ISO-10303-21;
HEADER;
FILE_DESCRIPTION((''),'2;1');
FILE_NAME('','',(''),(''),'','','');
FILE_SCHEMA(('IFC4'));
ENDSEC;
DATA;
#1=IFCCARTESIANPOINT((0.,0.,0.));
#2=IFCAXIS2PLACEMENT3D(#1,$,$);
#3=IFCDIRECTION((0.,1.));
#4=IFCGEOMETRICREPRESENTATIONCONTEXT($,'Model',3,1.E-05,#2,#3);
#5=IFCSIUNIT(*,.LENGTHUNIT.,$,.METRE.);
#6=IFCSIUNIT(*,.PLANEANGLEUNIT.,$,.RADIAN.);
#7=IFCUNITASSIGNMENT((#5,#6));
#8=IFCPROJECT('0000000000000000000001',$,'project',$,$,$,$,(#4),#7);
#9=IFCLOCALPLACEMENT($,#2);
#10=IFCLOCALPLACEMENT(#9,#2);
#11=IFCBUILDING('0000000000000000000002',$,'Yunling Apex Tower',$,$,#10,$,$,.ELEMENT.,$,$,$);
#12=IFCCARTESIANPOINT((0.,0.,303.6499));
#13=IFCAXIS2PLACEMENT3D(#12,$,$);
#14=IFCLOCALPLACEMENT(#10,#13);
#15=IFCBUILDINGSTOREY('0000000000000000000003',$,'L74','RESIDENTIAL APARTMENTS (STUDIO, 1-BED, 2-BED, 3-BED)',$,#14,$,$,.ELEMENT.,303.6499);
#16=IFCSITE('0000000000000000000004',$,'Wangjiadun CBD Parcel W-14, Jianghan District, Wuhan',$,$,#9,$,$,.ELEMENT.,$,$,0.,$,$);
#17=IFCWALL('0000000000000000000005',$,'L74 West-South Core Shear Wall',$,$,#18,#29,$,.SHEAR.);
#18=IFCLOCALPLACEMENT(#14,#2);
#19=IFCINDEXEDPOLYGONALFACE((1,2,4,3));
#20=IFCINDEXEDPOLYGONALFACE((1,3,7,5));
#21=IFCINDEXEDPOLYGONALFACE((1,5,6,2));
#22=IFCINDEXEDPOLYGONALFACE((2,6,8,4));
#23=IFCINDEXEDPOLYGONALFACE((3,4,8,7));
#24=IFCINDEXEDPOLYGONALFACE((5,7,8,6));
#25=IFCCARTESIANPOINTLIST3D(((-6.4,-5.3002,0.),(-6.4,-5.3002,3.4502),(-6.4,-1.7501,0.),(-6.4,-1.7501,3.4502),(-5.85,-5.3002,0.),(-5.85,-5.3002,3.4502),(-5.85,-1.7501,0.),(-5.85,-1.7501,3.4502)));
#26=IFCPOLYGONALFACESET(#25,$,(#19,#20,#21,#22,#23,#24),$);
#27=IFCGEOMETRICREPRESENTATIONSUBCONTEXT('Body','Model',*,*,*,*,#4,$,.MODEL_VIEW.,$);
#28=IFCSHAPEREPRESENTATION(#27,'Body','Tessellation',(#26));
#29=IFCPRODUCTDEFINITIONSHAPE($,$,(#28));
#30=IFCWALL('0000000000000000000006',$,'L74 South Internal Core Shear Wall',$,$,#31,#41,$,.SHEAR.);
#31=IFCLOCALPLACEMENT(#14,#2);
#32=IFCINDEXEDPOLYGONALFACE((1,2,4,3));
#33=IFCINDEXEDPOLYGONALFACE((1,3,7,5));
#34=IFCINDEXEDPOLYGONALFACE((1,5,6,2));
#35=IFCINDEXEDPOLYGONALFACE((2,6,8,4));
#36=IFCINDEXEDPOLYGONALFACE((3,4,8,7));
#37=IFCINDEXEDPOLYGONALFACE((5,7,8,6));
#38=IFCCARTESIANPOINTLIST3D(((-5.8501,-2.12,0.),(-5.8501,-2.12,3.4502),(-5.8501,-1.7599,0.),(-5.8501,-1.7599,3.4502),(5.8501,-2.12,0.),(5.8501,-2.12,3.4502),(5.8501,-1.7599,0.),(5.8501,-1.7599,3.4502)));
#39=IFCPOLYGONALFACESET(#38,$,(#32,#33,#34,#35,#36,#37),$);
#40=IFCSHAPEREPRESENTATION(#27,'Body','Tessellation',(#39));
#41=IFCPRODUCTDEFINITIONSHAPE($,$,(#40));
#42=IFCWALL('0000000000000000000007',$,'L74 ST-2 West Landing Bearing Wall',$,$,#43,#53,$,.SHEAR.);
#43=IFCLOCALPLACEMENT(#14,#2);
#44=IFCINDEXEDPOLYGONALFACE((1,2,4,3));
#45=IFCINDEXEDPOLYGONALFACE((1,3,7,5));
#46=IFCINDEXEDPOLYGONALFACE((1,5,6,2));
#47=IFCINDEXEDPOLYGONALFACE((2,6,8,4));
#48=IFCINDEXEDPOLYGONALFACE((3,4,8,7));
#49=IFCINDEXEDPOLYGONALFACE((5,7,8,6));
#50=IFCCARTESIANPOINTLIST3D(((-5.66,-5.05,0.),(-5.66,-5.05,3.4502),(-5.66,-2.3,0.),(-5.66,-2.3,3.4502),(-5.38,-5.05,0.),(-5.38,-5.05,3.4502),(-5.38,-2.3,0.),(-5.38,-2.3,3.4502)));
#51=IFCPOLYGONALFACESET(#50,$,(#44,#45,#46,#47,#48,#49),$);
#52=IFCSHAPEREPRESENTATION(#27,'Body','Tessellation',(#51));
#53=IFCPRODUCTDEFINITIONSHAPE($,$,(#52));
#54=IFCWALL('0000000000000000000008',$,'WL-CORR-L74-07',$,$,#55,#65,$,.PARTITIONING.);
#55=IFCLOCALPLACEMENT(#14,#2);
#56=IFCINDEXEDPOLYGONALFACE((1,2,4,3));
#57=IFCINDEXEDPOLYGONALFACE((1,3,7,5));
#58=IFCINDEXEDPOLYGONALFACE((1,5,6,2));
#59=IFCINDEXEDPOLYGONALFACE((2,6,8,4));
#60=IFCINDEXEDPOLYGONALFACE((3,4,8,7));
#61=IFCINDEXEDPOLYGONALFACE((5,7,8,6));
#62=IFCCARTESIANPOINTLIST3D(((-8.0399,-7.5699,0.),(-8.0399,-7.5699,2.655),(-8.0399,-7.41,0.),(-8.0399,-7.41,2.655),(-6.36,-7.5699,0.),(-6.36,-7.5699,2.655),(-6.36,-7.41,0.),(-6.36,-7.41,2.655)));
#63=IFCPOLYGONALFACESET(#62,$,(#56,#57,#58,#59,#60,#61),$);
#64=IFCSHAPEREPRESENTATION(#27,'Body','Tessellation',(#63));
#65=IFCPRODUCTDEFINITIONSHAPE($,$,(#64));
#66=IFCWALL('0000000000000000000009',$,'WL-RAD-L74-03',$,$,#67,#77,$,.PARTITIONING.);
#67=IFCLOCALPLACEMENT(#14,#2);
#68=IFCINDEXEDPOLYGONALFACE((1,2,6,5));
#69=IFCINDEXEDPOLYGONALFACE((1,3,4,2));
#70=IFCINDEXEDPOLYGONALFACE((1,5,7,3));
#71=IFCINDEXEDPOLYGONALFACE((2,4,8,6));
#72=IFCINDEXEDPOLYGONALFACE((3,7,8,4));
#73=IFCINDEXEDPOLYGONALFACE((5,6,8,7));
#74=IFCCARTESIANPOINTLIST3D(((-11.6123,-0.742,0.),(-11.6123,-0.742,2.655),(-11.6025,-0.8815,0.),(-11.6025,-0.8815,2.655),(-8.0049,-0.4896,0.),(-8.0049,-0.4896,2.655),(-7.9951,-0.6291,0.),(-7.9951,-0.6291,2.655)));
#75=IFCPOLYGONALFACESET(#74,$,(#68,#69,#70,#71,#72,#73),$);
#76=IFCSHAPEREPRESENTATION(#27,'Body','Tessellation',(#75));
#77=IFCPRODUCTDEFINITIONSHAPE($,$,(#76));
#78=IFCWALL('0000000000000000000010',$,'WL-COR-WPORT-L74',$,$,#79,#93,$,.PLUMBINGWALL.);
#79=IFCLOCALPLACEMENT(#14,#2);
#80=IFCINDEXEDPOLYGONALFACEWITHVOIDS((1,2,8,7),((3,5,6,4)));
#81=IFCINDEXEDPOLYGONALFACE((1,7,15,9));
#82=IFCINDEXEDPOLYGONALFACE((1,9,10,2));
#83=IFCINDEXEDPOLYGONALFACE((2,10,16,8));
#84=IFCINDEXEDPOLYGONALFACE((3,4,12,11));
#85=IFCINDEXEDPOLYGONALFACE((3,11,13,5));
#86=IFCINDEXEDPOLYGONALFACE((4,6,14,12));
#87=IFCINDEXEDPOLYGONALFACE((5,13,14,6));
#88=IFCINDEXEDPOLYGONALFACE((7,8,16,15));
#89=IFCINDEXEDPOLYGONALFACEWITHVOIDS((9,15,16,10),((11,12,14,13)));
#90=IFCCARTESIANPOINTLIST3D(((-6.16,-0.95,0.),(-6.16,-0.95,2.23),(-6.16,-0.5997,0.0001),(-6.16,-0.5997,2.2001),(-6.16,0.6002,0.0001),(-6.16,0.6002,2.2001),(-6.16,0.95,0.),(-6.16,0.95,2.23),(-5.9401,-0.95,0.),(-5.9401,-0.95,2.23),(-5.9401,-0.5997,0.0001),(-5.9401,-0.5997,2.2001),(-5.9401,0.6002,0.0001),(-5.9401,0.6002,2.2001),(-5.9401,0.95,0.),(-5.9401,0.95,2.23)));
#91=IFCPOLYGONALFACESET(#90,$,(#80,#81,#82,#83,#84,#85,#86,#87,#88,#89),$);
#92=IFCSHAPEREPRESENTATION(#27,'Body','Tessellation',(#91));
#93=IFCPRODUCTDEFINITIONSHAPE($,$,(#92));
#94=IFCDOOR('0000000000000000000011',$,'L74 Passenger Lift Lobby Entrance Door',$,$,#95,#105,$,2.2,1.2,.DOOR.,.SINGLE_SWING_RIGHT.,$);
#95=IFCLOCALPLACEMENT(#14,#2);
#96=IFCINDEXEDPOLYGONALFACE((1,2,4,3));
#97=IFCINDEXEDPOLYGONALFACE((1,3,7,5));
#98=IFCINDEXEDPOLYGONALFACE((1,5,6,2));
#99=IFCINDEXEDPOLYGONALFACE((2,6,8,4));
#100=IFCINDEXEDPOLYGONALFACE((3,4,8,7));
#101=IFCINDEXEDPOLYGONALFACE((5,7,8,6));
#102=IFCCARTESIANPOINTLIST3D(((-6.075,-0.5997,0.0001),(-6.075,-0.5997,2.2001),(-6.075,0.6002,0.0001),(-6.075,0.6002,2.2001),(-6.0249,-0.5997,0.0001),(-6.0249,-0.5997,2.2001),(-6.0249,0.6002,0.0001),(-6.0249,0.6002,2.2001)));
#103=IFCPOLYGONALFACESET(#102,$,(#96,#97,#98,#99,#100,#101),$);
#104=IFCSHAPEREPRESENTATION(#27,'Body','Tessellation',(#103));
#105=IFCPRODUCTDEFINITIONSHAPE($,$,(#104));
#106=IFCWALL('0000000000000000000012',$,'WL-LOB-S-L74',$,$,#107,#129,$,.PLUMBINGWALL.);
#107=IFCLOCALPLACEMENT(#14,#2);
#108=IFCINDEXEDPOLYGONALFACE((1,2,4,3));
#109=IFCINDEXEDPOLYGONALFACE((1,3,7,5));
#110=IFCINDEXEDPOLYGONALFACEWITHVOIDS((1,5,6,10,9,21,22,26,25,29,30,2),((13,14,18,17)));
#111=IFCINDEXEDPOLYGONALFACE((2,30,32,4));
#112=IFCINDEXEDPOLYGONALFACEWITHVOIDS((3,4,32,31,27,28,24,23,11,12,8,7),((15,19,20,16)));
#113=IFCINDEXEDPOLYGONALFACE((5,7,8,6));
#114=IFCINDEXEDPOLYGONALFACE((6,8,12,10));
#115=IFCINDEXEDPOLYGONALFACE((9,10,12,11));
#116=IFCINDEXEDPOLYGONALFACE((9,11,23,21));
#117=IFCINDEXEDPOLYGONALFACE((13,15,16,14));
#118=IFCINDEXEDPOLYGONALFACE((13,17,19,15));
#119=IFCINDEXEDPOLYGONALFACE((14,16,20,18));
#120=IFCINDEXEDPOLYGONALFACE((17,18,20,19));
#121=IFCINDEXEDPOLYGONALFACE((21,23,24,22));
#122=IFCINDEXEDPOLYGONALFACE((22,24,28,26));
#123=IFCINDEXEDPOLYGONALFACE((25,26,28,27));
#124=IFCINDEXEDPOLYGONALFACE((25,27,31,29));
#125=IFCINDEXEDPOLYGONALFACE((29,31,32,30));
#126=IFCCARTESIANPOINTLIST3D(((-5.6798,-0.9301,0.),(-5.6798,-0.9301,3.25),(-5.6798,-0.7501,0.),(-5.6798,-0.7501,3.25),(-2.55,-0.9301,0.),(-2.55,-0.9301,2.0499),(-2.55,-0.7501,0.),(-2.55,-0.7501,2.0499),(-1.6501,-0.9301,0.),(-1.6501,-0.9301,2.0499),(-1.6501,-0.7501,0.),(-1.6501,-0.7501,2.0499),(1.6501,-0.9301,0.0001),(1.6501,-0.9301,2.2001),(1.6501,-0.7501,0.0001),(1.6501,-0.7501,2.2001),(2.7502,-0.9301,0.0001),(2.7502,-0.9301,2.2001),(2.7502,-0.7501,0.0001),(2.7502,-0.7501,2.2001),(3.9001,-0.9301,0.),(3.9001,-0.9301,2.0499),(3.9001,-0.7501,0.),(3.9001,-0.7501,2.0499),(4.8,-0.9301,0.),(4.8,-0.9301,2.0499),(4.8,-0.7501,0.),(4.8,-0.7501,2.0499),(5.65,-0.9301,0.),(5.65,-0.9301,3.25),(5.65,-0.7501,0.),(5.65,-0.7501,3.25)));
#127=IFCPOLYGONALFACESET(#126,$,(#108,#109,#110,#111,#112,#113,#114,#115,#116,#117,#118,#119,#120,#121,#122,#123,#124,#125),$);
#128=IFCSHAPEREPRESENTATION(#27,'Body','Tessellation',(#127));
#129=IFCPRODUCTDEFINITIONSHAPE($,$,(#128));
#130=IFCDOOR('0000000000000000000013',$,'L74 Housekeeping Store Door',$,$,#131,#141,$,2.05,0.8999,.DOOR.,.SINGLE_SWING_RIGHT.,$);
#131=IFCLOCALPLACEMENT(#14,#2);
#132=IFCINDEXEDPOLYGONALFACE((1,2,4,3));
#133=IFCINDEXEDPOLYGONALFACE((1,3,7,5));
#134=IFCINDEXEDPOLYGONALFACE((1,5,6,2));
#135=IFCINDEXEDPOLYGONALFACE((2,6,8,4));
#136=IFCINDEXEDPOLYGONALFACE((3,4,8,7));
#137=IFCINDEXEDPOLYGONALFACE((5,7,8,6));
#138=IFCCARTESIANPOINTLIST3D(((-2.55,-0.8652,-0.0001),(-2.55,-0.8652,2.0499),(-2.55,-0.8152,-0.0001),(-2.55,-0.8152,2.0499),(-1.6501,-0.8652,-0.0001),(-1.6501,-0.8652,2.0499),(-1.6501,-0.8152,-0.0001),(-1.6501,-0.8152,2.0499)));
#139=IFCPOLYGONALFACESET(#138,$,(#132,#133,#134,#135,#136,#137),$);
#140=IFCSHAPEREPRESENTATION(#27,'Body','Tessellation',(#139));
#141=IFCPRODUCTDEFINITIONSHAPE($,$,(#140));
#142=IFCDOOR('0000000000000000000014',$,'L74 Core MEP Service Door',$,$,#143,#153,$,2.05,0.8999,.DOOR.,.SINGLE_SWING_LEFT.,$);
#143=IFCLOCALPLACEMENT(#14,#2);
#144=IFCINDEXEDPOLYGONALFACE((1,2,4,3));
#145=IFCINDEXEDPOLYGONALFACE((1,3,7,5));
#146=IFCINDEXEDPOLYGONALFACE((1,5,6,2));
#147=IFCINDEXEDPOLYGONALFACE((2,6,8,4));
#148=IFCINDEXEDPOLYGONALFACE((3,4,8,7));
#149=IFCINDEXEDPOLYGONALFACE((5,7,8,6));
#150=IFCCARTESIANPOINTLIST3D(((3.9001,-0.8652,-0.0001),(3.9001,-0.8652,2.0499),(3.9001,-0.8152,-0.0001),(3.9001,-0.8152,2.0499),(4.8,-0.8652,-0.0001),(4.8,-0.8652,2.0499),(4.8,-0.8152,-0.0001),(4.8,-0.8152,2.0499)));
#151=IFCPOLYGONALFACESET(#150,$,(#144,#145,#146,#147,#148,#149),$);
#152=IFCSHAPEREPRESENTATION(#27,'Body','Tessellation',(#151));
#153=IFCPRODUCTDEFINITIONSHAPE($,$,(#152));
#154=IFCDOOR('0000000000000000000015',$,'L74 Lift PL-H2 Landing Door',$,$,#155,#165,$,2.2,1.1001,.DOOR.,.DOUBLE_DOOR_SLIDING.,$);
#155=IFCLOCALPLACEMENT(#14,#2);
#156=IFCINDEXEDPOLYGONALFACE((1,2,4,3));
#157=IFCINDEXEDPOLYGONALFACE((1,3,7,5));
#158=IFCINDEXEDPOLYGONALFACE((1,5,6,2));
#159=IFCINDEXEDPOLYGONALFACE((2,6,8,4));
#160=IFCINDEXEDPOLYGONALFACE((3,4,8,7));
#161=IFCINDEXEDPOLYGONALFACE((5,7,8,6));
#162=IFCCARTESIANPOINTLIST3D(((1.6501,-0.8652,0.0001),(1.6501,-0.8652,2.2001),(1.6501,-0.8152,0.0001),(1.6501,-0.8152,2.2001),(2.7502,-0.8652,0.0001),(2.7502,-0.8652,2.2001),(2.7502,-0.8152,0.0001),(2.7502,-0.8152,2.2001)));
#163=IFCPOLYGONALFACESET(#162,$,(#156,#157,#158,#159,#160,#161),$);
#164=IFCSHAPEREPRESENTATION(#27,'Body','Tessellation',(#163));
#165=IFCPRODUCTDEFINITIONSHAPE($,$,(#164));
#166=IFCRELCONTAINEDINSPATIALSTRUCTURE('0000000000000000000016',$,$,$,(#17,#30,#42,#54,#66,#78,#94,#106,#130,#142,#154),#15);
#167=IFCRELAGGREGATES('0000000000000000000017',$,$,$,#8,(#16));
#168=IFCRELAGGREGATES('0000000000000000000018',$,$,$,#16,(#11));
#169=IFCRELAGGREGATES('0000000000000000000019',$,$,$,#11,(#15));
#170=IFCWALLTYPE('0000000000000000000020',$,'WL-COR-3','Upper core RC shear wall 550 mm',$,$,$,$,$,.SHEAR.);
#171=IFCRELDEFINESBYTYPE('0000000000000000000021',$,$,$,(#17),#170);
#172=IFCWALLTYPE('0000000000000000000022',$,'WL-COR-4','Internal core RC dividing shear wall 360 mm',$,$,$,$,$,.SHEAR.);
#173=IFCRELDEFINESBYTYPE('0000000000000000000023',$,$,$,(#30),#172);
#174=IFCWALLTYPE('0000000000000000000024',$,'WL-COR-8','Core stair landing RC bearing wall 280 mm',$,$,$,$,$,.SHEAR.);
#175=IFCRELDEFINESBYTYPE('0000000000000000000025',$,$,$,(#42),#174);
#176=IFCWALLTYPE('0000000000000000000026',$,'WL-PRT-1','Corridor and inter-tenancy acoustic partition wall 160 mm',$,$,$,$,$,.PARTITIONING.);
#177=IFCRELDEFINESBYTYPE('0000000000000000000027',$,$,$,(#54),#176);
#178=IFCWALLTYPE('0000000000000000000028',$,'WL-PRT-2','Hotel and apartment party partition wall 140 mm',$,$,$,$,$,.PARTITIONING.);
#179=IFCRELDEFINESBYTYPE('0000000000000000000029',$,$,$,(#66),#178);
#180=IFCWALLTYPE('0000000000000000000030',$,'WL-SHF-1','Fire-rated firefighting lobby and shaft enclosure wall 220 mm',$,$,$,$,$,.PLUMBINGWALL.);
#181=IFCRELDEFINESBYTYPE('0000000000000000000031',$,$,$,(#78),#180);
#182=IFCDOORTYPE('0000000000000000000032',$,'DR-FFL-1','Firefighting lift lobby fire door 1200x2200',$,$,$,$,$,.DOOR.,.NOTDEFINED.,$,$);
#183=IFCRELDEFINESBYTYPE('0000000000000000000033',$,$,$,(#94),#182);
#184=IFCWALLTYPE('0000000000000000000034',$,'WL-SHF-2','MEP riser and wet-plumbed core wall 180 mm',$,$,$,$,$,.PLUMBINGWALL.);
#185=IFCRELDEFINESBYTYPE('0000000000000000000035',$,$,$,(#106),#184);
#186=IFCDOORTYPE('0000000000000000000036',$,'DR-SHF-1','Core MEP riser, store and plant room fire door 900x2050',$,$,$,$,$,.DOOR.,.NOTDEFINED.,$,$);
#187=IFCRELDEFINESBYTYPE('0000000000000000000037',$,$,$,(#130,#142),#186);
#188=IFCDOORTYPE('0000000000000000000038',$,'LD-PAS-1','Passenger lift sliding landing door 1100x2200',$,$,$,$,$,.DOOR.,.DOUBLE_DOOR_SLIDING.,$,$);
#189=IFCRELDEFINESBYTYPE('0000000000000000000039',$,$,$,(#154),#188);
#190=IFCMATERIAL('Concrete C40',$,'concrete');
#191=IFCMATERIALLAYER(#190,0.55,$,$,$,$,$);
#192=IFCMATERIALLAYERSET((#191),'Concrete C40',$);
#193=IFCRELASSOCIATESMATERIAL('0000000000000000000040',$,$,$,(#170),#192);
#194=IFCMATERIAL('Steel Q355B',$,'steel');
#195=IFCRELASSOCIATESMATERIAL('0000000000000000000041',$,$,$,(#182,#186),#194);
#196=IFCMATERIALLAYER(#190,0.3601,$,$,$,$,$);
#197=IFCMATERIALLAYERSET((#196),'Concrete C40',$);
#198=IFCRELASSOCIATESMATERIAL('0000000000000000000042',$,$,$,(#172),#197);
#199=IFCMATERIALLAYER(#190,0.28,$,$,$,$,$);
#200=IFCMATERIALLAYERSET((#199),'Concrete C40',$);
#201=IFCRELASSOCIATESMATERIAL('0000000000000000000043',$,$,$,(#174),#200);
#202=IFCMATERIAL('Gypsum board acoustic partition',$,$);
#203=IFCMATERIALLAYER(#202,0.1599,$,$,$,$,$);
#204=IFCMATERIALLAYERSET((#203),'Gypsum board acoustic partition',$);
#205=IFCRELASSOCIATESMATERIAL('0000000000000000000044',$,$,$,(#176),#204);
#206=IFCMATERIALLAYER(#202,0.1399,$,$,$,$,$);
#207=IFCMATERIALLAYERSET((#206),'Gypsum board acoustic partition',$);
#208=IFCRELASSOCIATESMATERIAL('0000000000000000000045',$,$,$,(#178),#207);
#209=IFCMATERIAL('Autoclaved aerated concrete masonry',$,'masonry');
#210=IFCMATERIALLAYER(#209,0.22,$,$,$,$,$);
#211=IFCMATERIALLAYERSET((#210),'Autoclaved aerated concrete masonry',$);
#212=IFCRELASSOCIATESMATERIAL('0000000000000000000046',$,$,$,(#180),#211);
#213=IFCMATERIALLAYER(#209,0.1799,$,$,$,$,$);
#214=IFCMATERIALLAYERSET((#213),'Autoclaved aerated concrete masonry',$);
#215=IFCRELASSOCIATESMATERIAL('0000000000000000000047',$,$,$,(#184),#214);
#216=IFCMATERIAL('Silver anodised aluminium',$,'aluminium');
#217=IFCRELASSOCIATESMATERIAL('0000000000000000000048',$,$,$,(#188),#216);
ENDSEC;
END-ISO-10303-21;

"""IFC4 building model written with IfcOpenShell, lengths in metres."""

from ifc_helpers import new_model, si_unit, direction, frame, frame_2d, origin, place, context, subcontext, project, spatial, rectangle, extrude, material, layer, layer_set, type_object, element, fill, save


model = new_model("IFC4")

# Units and contexts
model_context = context("Model", 3, precision=1e-05, world=origin(), true_north=direction((0.0, 1.0)))
body_context = subcontext(model_context, "Body", "Model", "MODEL_VIEW")
ifc_project = project(units=[si_unit("LENGTHUNIT", "METRE"), si_unit("PLANEANGLEUNIT", "RADIAN")], contexts=[model_context])

# Site, building, storey
site_placement = place(None, origin())
site = spatial("IfcSite", under=ifc_project, at=site_placement, Name="Wangjiadun CBD Parcel W-14, Jianghan District, Wuhan", CompositionType="ELEMENT", RefElevation=0.0)
building_placement = place(site_placement, origin())
building = spatial("IfcBuilding", under=site, at=building_placement, Name="Yunling Apex Tower", CompositionType="ELEMENT")
storey_placement = place(building_placement, frame((0.0, 0.0, 303.6499)))
storey = spatial("IfcBuildingStorey", under=building, at=storey_placement, Name="L74", Description="RESIDENTIAL APARTMENTS (STUDIO, 1-BED, 2-BED, 3-BED)", CompositionType="ELEMENT", Elevation=303.6499)

# Shared definitions
ifc_material_1 = material(Name="Steel Q355B", Category="steel")
ifc_material_2 = material(Name="Concrete C40", Category="concrete")

# Shared definitions
ifc_layer_1 = layer(ifc_material_2, 0.55)
ifc_layer_set_1 = layer_set([ifc_layer_1], Name="Concrete C40")
wall_type_1 = type_object("IfcWallType", Name="WL-COR-3", Description="Upper core RC shear wall 550 mm", PredefinedType="SHEAR", material=ifc_layer_set_1)
door_type_1 = type_object("IfcDoorType", Name="DR-FFL-1", Description="Firefighting lift lobby fire door 1200x2200", OperationType="NOTDEFINED", PredefinedType="DOOR", material=ifc_material_1)

# Walls
wall_1_placement = place(storey_placement, frame((-6.125, -5.3, 0.0), z_axis=(0.0, 0.0, 1.0), x_axis=(0.0, 1.0, 0.0)))
element("IfcWall", 1, at=wall_1_placement, inside=storey, type_object=wall_type_1, Name="L74 West-South Core Shear Wall", PredefinedType="SHEAR", context=body_context, shape_type="SweptSolid", body=[
    extrude(rectangle(XDim=3.55, YDim=0.55, at=frame_2d((1.7749, 0.0))), origin(), (0.0, 0.0, 1.0), 3.4502),
])
ifc_layer_2 = layer(ifc_material_2, 0.3601)
ifc_layer_set_2 = layer_set([ifc_layer_2], Name="Concrete C40")
wall_type_2 = type_object("IfcWallType", Name="WL-COR-4", Description="Internal core RC dividing shear wall 360 mm", PredefinedType="SHEAR", material=ifc_layer_set_2)
wall_2_placement = place(storey_placement, frame((-5.8501, -1.9399, 0.0), z_axis=(0.0, 0.0, 1.0), x_axis=(1.0, 0.0, 0.0)))
element("IfcWall", 2, at=wall_2_placement, inside=storey, type_object=wall_type_2, Name="L74 South Internal Core Shear Wall", PredefinedType="SHEAR", context=body_context, shape_type="SweptSolid", body=[
    extrude(rectangle(XDim=11.7002, YDim=0.3601, at=frame_2d((5.8501, 0.0))), origin(), (0.0, 0.0, 1.0), 3.4502),
])
ifc_layer_3 = layer(ifc_material_2, 0.28)
ifc_layer_set_3 = layer_set([ifc_layer_3], Name="Concrete C40")
wall_type_3 = type_object("IfcWallType", Name="WL-COR-8", Description="Core stair landing RC bearing wall 280 mm", PredefinedType="SHEAR", material=ifc_layer_set_3)
wall_3_placement = place(storey_placement, frame((-5.52, -5.05, 0.0), z_axis=(0.0, 0.0, 1.0), x_axis=(0.0, 1.0, 0.0)))
element("IfcWall", 3, at=wall_3_placement, inside=storey, type_object=wall_type_3, Name="L74 ST-2 West Landing Bearing Wall", PredefinedType="SHEAR", context=body_context, shape_type="SweptSolid", body=[
    extrude(rectangle(XDim=2.75, YDim=0.28, at=frame_2d((1.375, 0.0))), origin(), (0.0, 0.0, 1.0), 3.4502),
])
ifc_material_3 = material(Name="Gypsum board acoustic partition")
ifc_layer_4 = layer(ifc_material_3, 0.1599)
ifc_layer_set_4 = layer_set([ifc_layer_4], Name="Gypsum board acoustic partition")
wall_type_4 = type_object("IfcWallType", Name="WL-PRT-1", Description="Corridor and inter-tenancy acoustic partition wall 160 mm", PredefinedType="PARTITIONING", material=ifc_layer_set_4)
wall_4_placement = place(storey_placement, frame((-6.3601, -7.49, 0.0), z_axis=(0.0, 0.0, 1.0), x_axis=(-1.0, 0.0, 0.0)))
element("IfcWall", 4, at=wall_4_placement, inside=storey, type_object=wall_type_4, Name="WL-CORR-L74-07", PredefinedType="PARTITIONING", context=body_context, shape_type="SweptSolid", body=[
    extrude(rectangle(XDim=1.6799, YDim=0.1599, at=frame_2d((0.8398, 0.0))), origin(), (0.0, 0.0, 1.0), 2.655),
])
ifc_layer_5 = layer(ifc_material_3, 0.1399)
ifc_layer_set_5 = layer_set([ifc_layer_5], Name="Gypsum board acoustic partition")
wall_type_5 = type_object("IfcWallType", Name="WL-PRT-2", Description="Hotel and apartment party partition wall 140 mm", PredefinedType="PARTITIONING", material=ifc_layer_set_5)
wall_5_placement = place(storey_placement, frame((-8.0, -0.5593, 0.0), z_axis=(0.0, 0.0, 1.0), x_axis=(-0.99756, -0.069808, 0.0)))
element("IfcWall", 5, at=wall_5_placement, inside=storey, type_object=wall_type_5, Name="WL-RAD-L74-03", PredefinedType="PARTITIONING", context=body_context, shape_type="SweptSolid", body=[
    extrude(rectangle(XDim=3.6162, YDim=0.1399, at=frame_2d((1.8081, 0.0))), origin(), (0.0, 0.0, 1.0), 2.655),
])

# Wall, opening, door
ifc_material_4 = material(Name="Autoclaved aerated concrete masonry", Category="masonry")
ifc_layer_6 = layer(ifc_material_4, 0.22)
ifc_layer_set_6 = layer_set([ifc_layer_6], Name="Autoclaved aerated concrete masonry")
wall_type_6 = type_object("IfcWallType", Name="WL-SHF-1", Description="Fire-rated firefighting lobby and shaft enclosure wall 220 mm", PredefinedType="PLUMBINGWALL", material=ifc_layer_set_6)
wall_6_placement = place(storey_placement, frame((-6.05, -0.95, 0.0), z_axis=(0.0, 0.0, 1.0), x_axis=(0.0, 1.0, 0.0)))
wall_6 = element("IfcWall", 6, at=wall_6_placement, inside=storey, type_object=wall_type_6, Name="WL-COR-WPORT-L74", PredefinedType="PLUMBINGWALL", context=body_context, shape_type="SweptSolid", body=[
    extrude(rectangle(XDim=1.8999, YDim=0.22, at=frame_2d((0.95, 0.0))), origin(), (0.0, 0.0, 1.0), 2.23),
])
opening_1_placement = place(wall_6_placement, frame((0.3501, 0.0, 0.0)))
opening_1 = element("IfcOpeningElement", 7, at=opening_1_placement, cuts=wall_6, PredefinedType="OPENING", context=body_context, shape_type="SweptSolid", body=[
    extrude(rectangle(XDim=1.2, YDim=2.2, at=frame_2d((0.6001, 1.1001))), frame((0.0, 0.1201, 0.0), z_axis=(0.0, -1.0, 0.0), x_axis=(1.0, 0.0, 0.0)), (0.0, 0.0, 1.0), 0.24),
])
door_1_placement = place(opening_1_placement, origin())
door_1 = element("IfcDoor", 8, at=door_1_placement, inside=storey, type_object=door_type_1, Name="L74 Passenger Lift Lobby Entrance Door", OperationType="SINGLE_SWING_RIGHT", OverallHeight=2.2, OverallWidth=1.2, PredefinedType="DOOR", context=body_context, shape_type="SweptSolid", body=[
    extrude(rectangle(XDim=1.2, YDim=2.2, at=frame_2d((0.6001, 1.1001))), frame((0.0, 0.0249, 0.0), z_axis=(0.0, -1.0, 0.0), x_axis=(1.0, 0.0, 0.0)), (0.0, 0.0, 1.0), 0.05),
])
fill(opening_1, door_1)

# Wall, openings, doors
ifc_layer_7 = layer(ifc_material_4, 0.1799)
ifc_layer_set_7 = layer_set([ifc_layer_7], Name="Autoclaved aerated concrete masonry")
wall_type_7 = type_object("IfcWallType", Name="WL-SHF-2", Description="MEP riser and wet-plumbed core wall 180 mm", PredefinedType="PLUMBINGWALL", material=ifc_layer_set_7)
wall_7_placement = place(storey_placement, frame((-5.6799, -0.8401, 0.0), z_axis=(0.0, 0.0, 1.0), x_axis=(1.0, 0.0, 0.0)))
wall_7 = element("IfcWall", 9, at=wall_7_placement, inside=storey, type_object=wall_type_7, Name="WL-LOB-S-L74", PredefinedType="PLUMBINGWALL", context=body_context, shape_type="SweptSolid", body=[
    extrude(rectangle(XDim=11.3298, YDim=0.1799, at=frame_2d((5.665, 0.0))), origin(), (0.0, 0.0, 1.0), 3.25),
])
opening_2_placement = place(wall_7_placement, frame((3.1299, 0.0, 0.0)))
opening_2 = element("IfcOpeningElement", 10, at=opening_2_placement, cuts=wall_7, PredefinedType="OPENING", context=body_context, shape_type="SweptSolid", body=[
    extrude(rectangle(XDim=0.8999, YDim=2.05, at=frame_2d((0.45, 1.0249))), frame((0.0, 0.1001, 0.0), z_axis=(0.0, -1.0, 0.0), x_axis=(1.0, 0.0, 0.0)), (0.0, 0.0, 1.0), 0.2),
])
opening_3_placement = place(wall_7_placement, frame((7.3301, 0.0, 0.0)))
opening_3 = element("IfcOpeningElement", 11, at=opening_3_placement, cuts=wall_7, PredefinedType="OPENING", context=body_context, shape_type="SweptSolid", body=[
    extrude(rectangle(XDim=1.1001, YDim=2.2, at=frame_2d((0.55, 1.1001))), frame((0.0, 0.1001, 0.0), z_axis=(0.0, -1.0, 0.0), x_axis=(1.0, 0.0, 0.0)), (0.0, 0.0, 1.0), 0.2),
])
opening_4_placement = place(wall_7_placement, frame((9.5801, 0.0, 0.0)))
opening_4 = element("IfcOpeningElement", 12, at=opening_4_placement, cuts=wall_7, PredefinedType="OPENING", context=body_context, shape_type="SweptSolid", body=[
    extrude(rectangle(XDim=0.8999, YDim=2.05, at=frame_2d((0.45, 1.0249))), frame((0.0, 0.1001, 0.0), z_axis=(0.0, -1.0, 0.0), x_axis=(1.0, 0.0, 0.0)), (0.0, 0.0, 1.0), 0.2),
])
door_type_2 = type_object("IfcDoorType", Name="DR-SHF-1", Description="Core MEP riser, store and plant room fire door 900x2050", OperationType="NOTDEFINED", PredefinedType="DOOR", material=ifc_material_1)
door_2_placement = place(opening_2_placement, origin())
door_2 = element("IfcDoor", 13, at=door_2_placement, inside=storey, type_object=door_type_2, Name="L74 Housekeeping Store Door", OperationType="SINGLE_SWING_RIGHT", OverallHeight=2.05, OverallWidth=0.8999, PredefinedType="DOOR", context=body_context, shape_type="SweptSolid", body=[
    extrude(rectangle(XDim=0.8999, YDim=2.05, at=frame_2d((0.45, 1.0249))), frame((0.0, 0.0249, 0.0), z_axis=(0.0, -1.0, 0.0), x_axis=(1.0, 0.0, 0.0)), (0.0, 0.0, 1.0), 0.05),
])
fill(opening_2, door_2)
door_3_placement = place(opening_4_placement, origin())
door_3 = element("IfcDoor", 14, at=door_3_placement, inside=storey, type_object=door_type_2, Name="L74 Core MEP Service Door", OperationType="SINGLE_SWING_LEFT", OverallHeight=2.05, OverallWidth=0.8999, PredefinedType="DOOR", context=body_context, shape_type="SweptSolid", body=[
    extrude(rectangle(XDim=0.8999, YDim=2.05, at=frame_2d((0.45, 1.0249))), frame((0.0, 0.0249, 0.0), z_axis=(0.0, -1.0, 0.0), x_axis=(1.0, 0.0, 0.0)), (0.0, 0.0, 1.0), 0.05),
])
fill(opening_4, door_3)
ifc_material_5 = material(Name="Silver anodised aluminium", Category="aluminium")
door_type_3 = type_object("IfcDoorType", Name="LD-PAS-1", Description="Passenger lift sliding landing door 1100x2200", OperationType="DOUBLE_DOOR_SLIDING", PredefinedType="DOOR", material=ifc_material_5)
door_4_placement = place(opening_3_placement, origin())
door_4 = element("IfcDoor", 15, at=door_4_placement, inside=storey, type_object=door_type_3, Name="L74 Lift PL-H2 Landing Door", OperationType="DOUBLE_DOOR_SLIDING", OverallHeight=2.2, OverallWidth=1.1001, PredefinedType="DOOR", context=body_context, shape_type="SweptSolid", body=[
    extrude(rectangle(XDim=1.1001, YDim=2.2, at=frame_2d((0.55, 1.1001))), frame((0.0, 0.0249, 0.0), z_axis=(0.0, -1.0, 0.0), x_axis=(1.0, 0.0, 0.0)), (0.0, 0.0, 1.0), 0.05),
])
fill(opening_3, door_4)

save(model, "model.ifc")
